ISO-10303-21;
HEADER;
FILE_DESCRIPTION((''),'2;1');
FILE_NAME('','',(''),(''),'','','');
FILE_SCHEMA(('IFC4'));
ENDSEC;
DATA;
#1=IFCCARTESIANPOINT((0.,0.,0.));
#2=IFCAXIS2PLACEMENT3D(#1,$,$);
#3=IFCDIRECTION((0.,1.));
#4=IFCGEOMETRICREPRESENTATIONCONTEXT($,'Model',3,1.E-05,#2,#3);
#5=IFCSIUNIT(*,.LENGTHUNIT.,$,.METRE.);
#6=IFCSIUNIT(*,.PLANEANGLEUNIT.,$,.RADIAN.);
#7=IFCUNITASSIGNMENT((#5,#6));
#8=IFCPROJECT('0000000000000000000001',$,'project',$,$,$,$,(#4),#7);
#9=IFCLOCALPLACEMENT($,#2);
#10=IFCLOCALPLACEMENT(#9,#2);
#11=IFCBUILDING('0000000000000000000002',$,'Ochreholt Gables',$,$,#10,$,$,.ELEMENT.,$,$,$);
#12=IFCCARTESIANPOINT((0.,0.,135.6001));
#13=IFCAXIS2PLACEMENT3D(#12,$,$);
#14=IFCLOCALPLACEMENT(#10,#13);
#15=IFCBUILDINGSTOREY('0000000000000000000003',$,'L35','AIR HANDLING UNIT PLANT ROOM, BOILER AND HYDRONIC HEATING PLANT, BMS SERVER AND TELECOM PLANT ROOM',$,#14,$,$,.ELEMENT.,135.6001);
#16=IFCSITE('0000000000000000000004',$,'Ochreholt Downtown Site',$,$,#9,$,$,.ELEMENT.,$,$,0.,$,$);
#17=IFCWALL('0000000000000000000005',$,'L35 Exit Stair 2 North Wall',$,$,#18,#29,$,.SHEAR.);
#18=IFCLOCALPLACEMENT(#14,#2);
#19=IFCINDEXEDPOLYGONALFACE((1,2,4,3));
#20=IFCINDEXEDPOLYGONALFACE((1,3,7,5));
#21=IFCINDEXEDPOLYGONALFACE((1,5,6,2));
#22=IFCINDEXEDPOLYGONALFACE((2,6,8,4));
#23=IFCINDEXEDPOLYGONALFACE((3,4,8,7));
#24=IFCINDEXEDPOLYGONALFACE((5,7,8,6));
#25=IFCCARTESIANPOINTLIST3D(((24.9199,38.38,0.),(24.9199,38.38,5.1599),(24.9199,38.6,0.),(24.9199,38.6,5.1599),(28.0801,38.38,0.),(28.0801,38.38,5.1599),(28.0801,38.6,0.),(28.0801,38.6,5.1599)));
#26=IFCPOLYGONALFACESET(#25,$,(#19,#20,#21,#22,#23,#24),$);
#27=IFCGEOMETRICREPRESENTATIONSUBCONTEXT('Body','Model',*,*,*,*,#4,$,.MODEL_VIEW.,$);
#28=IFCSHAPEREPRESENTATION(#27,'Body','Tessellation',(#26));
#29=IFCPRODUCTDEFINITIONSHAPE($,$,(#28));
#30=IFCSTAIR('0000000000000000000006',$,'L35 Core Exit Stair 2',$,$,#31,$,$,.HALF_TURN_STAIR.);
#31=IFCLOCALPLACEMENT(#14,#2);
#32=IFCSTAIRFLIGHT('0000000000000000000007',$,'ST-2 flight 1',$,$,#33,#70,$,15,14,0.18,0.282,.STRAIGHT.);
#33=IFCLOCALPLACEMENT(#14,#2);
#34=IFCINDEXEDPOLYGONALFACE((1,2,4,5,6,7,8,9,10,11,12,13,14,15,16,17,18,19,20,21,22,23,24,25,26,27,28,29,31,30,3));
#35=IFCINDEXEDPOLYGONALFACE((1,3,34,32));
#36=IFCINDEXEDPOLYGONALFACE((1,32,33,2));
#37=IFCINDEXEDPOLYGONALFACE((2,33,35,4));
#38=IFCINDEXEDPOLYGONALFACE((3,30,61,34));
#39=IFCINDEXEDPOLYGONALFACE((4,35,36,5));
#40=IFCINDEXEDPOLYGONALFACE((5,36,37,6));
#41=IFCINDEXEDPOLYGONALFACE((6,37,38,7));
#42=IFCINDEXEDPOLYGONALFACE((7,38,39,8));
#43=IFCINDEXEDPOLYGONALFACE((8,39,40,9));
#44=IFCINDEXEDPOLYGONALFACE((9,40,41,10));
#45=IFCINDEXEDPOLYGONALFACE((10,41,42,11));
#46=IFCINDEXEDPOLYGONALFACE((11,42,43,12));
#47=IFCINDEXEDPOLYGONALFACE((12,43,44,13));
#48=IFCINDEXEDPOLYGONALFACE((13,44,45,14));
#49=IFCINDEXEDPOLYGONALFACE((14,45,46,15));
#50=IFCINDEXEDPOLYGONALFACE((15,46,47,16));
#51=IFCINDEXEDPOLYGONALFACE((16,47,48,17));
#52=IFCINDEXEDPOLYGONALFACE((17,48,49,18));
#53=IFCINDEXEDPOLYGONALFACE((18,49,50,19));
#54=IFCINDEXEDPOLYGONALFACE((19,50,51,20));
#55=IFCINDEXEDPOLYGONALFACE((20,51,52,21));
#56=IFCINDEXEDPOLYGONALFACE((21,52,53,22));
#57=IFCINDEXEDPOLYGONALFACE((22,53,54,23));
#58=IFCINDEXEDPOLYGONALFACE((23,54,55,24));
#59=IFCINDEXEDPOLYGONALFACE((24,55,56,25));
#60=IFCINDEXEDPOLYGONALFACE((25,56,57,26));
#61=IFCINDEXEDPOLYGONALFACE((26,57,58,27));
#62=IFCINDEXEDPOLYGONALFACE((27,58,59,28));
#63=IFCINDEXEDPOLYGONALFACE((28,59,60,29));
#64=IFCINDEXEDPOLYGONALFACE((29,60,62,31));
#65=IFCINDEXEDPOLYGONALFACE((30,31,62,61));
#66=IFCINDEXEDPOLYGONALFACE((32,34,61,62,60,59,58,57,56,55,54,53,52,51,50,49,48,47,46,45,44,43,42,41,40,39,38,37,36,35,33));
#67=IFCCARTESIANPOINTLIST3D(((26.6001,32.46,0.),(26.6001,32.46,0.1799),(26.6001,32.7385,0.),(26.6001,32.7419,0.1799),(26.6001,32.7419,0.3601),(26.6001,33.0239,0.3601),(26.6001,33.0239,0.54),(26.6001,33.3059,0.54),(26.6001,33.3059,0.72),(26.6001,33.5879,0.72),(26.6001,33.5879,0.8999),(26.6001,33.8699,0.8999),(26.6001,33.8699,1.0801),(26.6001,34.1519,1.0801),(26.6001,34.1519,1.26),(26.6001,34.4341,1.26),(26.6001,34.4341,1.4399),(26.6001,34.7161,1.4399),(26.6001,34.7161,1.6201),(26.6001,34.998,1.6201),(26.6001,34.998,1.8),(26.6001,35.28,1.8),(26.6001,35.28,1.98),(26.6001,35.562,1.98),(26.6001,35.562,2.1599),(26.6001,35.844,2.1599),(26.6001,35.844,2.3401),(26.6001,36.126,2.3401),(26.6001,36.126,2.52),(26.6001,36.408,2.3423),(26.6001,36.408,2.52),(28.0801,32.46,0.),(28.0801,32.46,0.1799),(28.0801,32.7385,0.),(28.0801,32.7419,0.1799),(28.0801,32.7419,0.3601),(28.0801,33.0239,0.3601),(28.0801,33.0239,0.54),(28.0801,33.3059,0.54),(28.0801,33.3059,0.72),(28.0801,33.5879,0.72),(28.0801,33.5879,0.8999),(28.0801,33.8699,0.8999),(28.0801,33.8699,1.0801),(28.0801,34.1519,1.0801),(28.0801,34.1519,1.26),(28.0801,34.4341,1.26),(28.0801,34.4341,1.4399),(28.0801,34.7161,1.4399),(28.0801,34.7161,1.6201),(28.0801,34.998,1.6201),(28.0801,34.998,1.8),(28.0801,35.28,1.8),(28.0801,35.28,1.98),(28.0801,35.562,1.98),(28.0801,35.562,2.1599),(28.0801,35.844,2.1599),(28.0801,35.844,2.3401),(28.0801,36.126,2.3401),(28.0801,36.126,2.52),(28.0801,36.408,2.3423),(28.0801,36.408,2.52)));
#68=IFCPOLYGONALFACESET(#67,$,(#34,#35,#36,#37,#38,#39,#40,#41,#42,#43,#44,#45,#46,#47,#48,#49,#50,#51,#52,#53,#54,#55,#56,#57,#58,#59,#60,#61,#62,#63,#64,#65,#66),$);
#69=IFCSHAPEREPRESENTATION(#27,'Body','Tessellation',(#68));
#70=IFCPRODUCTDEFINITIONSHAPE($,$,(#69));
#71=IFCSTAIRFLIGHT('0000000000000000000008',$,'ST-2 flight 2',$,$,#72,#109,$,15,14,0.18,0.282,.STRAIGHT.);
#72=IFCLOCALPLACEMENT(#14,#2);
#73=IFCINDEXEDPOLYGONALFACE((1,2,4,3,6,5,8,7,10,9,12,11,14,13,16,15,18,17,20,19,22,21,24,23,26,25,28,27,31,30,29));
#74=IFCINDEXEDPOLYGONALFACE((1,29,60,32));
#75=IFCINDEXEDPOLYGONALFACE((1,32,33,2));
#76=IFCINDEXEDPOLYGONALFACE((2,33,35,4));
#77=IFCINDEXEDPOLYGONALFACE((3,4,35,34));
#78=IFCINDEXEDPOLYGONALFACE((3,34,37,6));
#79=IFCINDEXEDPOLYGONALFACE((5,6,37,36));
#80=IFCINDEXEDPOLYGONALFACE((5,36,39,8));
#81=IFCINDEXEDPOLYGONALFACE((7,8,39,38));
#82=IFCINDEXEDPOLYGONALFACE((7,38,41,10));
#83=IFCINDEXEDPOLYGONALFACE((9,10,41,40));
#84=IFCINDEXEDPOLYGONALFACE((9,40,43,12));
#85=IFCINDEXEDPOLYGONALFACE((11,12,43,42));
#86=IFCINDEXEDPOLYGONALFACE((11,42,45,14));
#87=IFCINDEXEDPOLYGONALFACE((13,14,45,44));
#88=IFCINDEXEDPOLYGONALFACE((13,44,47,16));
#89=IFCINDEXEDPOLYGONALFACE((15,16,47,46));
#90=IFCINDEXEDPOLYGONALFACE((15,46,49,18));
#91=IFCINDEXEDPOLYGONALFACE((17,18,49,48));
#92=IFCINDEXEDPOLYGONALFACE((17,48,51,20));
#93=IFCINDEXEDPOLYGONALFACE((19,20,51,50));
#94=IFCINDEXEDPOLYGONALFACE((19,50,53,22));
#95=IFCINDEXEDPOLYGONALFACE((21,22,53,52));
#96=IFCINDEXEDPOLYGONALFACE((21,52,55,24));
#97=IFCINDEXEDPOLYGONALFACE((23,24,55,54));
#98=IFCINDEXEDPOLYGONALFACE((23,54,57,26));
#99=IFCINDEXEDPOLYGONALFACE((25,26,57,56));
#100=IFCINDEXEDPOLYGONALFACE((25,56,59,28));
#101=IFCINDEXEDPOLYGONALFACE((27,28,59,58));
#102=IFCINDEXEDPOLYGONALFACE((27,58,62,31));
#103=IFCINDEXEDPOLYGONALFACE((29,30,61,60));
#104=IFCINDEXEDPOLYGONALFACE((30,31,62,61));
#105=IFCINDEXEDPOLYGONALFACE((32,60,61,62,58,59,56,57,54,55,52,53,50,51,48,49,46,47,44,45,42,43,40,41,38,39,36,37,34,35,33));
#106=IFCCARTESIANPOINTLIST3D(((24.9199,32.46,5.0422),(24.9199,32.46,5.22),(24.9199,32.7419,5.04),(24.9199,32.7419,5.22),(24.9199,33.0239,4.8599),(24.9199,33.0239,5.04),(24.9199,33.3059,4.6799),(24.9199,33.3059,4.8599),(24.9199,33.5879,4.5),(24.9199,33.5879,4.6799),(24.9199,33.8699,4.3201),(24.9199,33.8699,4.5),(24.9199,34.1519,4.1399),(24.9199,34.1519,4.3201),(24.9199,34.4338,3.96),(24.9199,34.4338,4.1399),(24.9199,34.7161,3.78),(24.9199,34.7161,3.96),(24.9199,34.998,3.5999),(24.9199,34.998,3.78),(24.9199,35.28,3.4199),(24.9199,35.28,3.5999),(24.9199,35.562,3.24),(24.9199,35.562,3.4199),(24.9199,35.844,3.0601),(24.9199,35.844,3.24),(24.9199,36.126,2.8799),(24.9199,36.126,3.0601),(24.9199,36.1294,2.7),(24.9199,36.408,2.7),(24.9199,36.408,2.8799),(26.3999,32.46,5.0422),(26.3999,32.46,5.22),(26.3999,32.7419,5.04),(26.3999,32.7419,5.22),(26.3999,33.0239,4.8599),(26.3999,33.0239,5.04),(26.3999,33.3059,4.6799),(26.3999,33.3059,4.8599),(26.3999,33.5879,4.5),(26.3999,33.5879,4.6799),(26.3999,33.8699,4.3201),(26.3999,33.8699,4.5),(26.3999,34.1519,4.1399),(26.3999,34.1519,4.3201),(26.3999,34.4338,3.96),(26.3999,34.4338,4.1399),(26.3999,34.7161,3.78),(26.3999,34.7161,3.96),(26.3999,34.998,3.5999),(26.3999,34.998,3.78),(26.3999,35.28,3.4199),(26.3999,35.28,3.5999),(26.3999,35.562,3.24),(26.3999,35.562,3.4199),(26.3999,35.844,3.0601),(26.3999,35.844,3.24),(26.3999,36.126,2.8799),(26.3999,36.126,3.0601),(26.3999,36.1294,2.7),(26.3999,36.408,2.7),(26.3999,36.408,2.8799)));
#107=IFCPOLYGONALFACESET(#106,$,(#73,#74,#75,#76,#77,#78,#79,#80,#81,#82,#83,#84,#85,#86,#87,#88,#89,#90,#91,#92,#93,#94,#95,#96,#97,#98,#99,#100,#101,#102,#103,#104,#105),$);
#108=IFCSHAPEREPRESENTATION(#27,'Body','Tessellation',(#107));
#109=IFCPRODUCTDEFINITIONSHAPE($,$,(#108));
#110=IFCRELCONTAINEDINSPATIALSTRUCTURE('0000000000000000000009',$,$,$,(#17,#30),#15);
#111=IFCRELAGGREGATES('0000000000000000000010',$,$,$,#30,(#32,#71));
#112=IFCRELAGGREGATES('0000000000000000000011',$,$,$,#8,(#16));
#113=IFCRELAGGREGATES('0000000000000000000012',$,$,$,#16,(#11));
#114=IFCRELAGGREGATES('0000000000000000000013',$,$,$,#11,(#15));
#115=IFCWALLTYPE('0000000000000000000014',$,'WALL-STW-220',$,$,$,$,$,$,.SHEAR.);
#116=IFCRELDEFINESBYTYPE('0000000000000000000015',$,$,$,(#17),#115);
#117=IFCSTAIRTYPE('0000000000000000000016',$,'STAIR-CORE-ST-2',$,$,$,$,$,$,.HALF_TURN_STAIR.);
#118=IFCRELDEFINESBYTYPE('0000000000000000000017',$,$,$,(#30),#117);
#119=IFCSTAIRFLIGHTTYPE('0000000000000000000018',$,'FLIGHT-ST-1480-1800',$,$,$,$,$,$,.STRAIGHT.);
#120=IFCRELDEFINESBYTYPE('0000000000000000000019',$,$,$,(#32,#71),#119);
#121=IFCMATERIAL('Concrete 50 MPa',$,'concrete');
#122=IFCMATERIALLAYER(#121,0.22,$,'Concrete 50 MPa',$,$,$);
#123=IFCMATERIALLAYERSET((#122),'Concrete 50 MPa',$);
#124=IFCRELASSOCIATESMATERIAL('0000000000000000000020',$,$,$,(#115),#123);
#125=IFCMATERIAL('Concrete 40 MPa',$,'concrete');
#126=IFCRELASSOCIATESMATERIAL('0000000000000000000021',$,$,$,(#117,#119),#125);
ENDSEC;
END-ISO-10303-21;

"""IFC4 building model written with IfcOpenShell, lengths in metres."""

from ifc_helpers import new_model, si_unit, direction, frame, frame_2d, origin, place, context, subcontext, project, spatial, polyline, rectangle, outline, extrude, material, layer, layer_set, type_object, element, aggregate, save


model = new_model("IFC4")

# Units and contexts
model_context = context("Model", 3, precision=1e-05, world=origin(), true_north=direction((0.0, 1.0)))
body_context = subcontext(model_context, "Body", "Model", "MODEL_VIEW")
ifc_project = project(units=[si_unit("LENGTHUNIT", "METRE"), si_unit("PLANEANGLEUNIT", "RADIAN")], contexts=[model_context])

# Site, building, storey
site_placement = place(None, origin())
site = spatial("IfcSite", under=ifc_project, at=site_placement, Name="Ochreholt Downtown Site", CompositionType="ELEMENT", RefElevation=0.0)
building_placement = place(site_placement, origin())
building = spatial("IfcBuilding", under=site, at=building_placement, Name="Ochreholt Gables", CompositionType="ELEMENT")
storey_placement = place(building_placement, frame((0.0, 0.0, 135.6001)))
storey = spatial("IfcBuildingStorey", under=building, at=storey_placement, Name="L35", Description="AIR HANDLING UNIT PLANT ROOM, BOILER AND HYDRONIC HEATING PLANT, BMS SERVER AND TELECOM PLANT ROOM", CompositionType="ELEMENT", Elevation=135.6001)

# Shared definitions
ifc_material_1 = material(Name="Concrete 50 MPa", Category="concrete")
ifc_layer_1 = layer(ifc_material_1, 0.22, Name="Concrete 50 MPa")
ifc_layer_set_1 = layer_set([ifc_layer_1], Name="Concrete 50 MPa")
wall_type_1 = type_object("IfcWallType", Name="WALL-STW-220", PredefinedType="SHEAR", material=ifc_layer_set_1)

# Wall
wall_1_placement = place(storey_placement, frame((24.9199, 38.49, 0.0), z_axis=(0.0, 0.0, 1.0), x_axis=(1.0, 0.0, 0.0)))
element("IfcWall", 1, at=wall_1_placement, inside=storey, type_object=wall_type_1, Name="L35 Exit Stair 2 North Wall", PredefinedType="SHEAR", context=body_context, shape_type="SweptSolid", body=[
    extrude(rectangle(XDim=3.1602, YDim=0.22, at=frame_2d((1.5801, 0.0))), origin(), (0.0, 0.0, 1.0), 5.1599),
])

# Stair, stair flights
ifc_material_2 = material(Name="Concrete 40 MPa", Category="concrete")
stair_type = type_object("IfcStairType", Name="STAIR-CORE-ST-2", PredefinedType="HALF_TURN_STAIR", material=ifc_material_2)
stair_placement = place(storey_placement, origin())
stair = element("IfcStair", 2, at=stair_placement, inside=storey, type_object=stair_type, Name="L35 Core Exit Stair 2", PredefinedType="HALF_TURN_STAIR")
stair_flight_type = type_object("IfcStairFlightType", Name="FLIGHT-ST-1480-1800", PredefinedType="STRAIGHT", material=ifc_material_2)
stair_flight_1_placement = place(storey_placement, frame((27.3401, 32.46, 0.0), z_axis=(0.0, 0.0, 1.0), x_axis=(0.0, 1.0, 0.0)))
stair_flight_1 = element("IfcStairFlight", 3, at=stair_flight_1_placement, type_object=stair_flight_type, Name="ST-2 flight 1", NumberOfRisers=15, NumberOfTreads=14, PredefinedType="STRAIGHT", RiserHeight=0.18, TreadLength=0.282, context=body_context, shape_type="SweptSolid", body=[
    extrude(outline(polyline([(0.0, 0.0), (0.0, 0.1799), (0.282, 0.1799), (0.282, 0.3601), (0.564, 0.3601), (0.564, 0.54), (0.8459, 0.54), (0.8459, 0.72), (1.1279, 0.72), (1.1279, 0.8999), (1.4099, 0.8999), (1.4099, 1.0801), (1.6919, 1.0801), (1.6919, 1.26), (1.9741, 1.26), (1.9741, 1.4399), (2.2561, 1.4399), (2.2561, 1.6201), (2.5381, 1.6201), (2.5381, 1.8), (2.8201, 1.8), (2.8201, 1.98), (3.1021, 1.98), (3.1021, 2.1599), (3.384, 2.1599), (3.384, 2.3401), (3.666, 2.3401), (3.666, 2.52), (3.948, 2.52), (3.948, 2.7), (3.948, 2.3423), (0.2786, 0.0), (0.0, 0.0)])), frame((0.0, 0.74, 0.0), z_axis=(0.0, -1.0, 0.0), x_axis=(1.0, 0.0, 0.0)), (0.0, 0.0, 1.0), 1.48),
])
stair_flight_2_placement = place(storey_placement, frame((25.6599, 36.408, 2.7), z_axis=(0.0, 0.0, 1.0), x_axis=(0.0, -1.0, 0.0)))
stair_flight_2 = element("IfcStairFlight", 4, at=stair_flight_2_placement, type_object=stair_flight_type, Name="ST-2 flight 2", NumberOfRisers=15, NumberOfTreads=14, PredefinedType="STRAIGHT", RiserHeight=0.18, TreadLength=0.282, context=body_context, shape_type="SweptSolid", body=[
    extrude(outline(polyline([(0.0, 0.0), (0.0, 0.1799), (0.282, 0.1799), (0.282, 0.3601), (0.564, 0.3601), (0.564, 0.54), (0.8459, 0.54), (0.8459, 0.72), (1.1279, 0.72), (1.1279, 0.8999), (1.4099, 0.8999), (1.4099, 1.0801), (1.6919, 1.0801), (1.6919, 1.26), (1.9741, 1.26), (1.9741, 1.4399), (2.2561, 1.4399), (2.2561, 1.6201), (2.5381, 1.6201), (2.5381, 1.8), (2.8201, 1.8), (2.8201, 1.98), (3.1021, 1.98), (3.1021, 2.1599), (3.384, 2.1599), (3.384, 2.3401), (3.666, 2.3401), (3.666, 2.52), (3.948, 2.52), (3.948, 2.7), (3.948, 2.3423), (0.2786, 0.0), (0.0, 0.0)])), frame((0.0, 0.74, 0.0), z_axis=(0.0, -1.0, 0.0), x_axis=(1.0, 0.0, 0.0)), (0.0, 0.0, 1.0), 1.48),
])
aggregate(stair, [stair_flight_1, stair_flight_2])

save(model, "model.ifc")
